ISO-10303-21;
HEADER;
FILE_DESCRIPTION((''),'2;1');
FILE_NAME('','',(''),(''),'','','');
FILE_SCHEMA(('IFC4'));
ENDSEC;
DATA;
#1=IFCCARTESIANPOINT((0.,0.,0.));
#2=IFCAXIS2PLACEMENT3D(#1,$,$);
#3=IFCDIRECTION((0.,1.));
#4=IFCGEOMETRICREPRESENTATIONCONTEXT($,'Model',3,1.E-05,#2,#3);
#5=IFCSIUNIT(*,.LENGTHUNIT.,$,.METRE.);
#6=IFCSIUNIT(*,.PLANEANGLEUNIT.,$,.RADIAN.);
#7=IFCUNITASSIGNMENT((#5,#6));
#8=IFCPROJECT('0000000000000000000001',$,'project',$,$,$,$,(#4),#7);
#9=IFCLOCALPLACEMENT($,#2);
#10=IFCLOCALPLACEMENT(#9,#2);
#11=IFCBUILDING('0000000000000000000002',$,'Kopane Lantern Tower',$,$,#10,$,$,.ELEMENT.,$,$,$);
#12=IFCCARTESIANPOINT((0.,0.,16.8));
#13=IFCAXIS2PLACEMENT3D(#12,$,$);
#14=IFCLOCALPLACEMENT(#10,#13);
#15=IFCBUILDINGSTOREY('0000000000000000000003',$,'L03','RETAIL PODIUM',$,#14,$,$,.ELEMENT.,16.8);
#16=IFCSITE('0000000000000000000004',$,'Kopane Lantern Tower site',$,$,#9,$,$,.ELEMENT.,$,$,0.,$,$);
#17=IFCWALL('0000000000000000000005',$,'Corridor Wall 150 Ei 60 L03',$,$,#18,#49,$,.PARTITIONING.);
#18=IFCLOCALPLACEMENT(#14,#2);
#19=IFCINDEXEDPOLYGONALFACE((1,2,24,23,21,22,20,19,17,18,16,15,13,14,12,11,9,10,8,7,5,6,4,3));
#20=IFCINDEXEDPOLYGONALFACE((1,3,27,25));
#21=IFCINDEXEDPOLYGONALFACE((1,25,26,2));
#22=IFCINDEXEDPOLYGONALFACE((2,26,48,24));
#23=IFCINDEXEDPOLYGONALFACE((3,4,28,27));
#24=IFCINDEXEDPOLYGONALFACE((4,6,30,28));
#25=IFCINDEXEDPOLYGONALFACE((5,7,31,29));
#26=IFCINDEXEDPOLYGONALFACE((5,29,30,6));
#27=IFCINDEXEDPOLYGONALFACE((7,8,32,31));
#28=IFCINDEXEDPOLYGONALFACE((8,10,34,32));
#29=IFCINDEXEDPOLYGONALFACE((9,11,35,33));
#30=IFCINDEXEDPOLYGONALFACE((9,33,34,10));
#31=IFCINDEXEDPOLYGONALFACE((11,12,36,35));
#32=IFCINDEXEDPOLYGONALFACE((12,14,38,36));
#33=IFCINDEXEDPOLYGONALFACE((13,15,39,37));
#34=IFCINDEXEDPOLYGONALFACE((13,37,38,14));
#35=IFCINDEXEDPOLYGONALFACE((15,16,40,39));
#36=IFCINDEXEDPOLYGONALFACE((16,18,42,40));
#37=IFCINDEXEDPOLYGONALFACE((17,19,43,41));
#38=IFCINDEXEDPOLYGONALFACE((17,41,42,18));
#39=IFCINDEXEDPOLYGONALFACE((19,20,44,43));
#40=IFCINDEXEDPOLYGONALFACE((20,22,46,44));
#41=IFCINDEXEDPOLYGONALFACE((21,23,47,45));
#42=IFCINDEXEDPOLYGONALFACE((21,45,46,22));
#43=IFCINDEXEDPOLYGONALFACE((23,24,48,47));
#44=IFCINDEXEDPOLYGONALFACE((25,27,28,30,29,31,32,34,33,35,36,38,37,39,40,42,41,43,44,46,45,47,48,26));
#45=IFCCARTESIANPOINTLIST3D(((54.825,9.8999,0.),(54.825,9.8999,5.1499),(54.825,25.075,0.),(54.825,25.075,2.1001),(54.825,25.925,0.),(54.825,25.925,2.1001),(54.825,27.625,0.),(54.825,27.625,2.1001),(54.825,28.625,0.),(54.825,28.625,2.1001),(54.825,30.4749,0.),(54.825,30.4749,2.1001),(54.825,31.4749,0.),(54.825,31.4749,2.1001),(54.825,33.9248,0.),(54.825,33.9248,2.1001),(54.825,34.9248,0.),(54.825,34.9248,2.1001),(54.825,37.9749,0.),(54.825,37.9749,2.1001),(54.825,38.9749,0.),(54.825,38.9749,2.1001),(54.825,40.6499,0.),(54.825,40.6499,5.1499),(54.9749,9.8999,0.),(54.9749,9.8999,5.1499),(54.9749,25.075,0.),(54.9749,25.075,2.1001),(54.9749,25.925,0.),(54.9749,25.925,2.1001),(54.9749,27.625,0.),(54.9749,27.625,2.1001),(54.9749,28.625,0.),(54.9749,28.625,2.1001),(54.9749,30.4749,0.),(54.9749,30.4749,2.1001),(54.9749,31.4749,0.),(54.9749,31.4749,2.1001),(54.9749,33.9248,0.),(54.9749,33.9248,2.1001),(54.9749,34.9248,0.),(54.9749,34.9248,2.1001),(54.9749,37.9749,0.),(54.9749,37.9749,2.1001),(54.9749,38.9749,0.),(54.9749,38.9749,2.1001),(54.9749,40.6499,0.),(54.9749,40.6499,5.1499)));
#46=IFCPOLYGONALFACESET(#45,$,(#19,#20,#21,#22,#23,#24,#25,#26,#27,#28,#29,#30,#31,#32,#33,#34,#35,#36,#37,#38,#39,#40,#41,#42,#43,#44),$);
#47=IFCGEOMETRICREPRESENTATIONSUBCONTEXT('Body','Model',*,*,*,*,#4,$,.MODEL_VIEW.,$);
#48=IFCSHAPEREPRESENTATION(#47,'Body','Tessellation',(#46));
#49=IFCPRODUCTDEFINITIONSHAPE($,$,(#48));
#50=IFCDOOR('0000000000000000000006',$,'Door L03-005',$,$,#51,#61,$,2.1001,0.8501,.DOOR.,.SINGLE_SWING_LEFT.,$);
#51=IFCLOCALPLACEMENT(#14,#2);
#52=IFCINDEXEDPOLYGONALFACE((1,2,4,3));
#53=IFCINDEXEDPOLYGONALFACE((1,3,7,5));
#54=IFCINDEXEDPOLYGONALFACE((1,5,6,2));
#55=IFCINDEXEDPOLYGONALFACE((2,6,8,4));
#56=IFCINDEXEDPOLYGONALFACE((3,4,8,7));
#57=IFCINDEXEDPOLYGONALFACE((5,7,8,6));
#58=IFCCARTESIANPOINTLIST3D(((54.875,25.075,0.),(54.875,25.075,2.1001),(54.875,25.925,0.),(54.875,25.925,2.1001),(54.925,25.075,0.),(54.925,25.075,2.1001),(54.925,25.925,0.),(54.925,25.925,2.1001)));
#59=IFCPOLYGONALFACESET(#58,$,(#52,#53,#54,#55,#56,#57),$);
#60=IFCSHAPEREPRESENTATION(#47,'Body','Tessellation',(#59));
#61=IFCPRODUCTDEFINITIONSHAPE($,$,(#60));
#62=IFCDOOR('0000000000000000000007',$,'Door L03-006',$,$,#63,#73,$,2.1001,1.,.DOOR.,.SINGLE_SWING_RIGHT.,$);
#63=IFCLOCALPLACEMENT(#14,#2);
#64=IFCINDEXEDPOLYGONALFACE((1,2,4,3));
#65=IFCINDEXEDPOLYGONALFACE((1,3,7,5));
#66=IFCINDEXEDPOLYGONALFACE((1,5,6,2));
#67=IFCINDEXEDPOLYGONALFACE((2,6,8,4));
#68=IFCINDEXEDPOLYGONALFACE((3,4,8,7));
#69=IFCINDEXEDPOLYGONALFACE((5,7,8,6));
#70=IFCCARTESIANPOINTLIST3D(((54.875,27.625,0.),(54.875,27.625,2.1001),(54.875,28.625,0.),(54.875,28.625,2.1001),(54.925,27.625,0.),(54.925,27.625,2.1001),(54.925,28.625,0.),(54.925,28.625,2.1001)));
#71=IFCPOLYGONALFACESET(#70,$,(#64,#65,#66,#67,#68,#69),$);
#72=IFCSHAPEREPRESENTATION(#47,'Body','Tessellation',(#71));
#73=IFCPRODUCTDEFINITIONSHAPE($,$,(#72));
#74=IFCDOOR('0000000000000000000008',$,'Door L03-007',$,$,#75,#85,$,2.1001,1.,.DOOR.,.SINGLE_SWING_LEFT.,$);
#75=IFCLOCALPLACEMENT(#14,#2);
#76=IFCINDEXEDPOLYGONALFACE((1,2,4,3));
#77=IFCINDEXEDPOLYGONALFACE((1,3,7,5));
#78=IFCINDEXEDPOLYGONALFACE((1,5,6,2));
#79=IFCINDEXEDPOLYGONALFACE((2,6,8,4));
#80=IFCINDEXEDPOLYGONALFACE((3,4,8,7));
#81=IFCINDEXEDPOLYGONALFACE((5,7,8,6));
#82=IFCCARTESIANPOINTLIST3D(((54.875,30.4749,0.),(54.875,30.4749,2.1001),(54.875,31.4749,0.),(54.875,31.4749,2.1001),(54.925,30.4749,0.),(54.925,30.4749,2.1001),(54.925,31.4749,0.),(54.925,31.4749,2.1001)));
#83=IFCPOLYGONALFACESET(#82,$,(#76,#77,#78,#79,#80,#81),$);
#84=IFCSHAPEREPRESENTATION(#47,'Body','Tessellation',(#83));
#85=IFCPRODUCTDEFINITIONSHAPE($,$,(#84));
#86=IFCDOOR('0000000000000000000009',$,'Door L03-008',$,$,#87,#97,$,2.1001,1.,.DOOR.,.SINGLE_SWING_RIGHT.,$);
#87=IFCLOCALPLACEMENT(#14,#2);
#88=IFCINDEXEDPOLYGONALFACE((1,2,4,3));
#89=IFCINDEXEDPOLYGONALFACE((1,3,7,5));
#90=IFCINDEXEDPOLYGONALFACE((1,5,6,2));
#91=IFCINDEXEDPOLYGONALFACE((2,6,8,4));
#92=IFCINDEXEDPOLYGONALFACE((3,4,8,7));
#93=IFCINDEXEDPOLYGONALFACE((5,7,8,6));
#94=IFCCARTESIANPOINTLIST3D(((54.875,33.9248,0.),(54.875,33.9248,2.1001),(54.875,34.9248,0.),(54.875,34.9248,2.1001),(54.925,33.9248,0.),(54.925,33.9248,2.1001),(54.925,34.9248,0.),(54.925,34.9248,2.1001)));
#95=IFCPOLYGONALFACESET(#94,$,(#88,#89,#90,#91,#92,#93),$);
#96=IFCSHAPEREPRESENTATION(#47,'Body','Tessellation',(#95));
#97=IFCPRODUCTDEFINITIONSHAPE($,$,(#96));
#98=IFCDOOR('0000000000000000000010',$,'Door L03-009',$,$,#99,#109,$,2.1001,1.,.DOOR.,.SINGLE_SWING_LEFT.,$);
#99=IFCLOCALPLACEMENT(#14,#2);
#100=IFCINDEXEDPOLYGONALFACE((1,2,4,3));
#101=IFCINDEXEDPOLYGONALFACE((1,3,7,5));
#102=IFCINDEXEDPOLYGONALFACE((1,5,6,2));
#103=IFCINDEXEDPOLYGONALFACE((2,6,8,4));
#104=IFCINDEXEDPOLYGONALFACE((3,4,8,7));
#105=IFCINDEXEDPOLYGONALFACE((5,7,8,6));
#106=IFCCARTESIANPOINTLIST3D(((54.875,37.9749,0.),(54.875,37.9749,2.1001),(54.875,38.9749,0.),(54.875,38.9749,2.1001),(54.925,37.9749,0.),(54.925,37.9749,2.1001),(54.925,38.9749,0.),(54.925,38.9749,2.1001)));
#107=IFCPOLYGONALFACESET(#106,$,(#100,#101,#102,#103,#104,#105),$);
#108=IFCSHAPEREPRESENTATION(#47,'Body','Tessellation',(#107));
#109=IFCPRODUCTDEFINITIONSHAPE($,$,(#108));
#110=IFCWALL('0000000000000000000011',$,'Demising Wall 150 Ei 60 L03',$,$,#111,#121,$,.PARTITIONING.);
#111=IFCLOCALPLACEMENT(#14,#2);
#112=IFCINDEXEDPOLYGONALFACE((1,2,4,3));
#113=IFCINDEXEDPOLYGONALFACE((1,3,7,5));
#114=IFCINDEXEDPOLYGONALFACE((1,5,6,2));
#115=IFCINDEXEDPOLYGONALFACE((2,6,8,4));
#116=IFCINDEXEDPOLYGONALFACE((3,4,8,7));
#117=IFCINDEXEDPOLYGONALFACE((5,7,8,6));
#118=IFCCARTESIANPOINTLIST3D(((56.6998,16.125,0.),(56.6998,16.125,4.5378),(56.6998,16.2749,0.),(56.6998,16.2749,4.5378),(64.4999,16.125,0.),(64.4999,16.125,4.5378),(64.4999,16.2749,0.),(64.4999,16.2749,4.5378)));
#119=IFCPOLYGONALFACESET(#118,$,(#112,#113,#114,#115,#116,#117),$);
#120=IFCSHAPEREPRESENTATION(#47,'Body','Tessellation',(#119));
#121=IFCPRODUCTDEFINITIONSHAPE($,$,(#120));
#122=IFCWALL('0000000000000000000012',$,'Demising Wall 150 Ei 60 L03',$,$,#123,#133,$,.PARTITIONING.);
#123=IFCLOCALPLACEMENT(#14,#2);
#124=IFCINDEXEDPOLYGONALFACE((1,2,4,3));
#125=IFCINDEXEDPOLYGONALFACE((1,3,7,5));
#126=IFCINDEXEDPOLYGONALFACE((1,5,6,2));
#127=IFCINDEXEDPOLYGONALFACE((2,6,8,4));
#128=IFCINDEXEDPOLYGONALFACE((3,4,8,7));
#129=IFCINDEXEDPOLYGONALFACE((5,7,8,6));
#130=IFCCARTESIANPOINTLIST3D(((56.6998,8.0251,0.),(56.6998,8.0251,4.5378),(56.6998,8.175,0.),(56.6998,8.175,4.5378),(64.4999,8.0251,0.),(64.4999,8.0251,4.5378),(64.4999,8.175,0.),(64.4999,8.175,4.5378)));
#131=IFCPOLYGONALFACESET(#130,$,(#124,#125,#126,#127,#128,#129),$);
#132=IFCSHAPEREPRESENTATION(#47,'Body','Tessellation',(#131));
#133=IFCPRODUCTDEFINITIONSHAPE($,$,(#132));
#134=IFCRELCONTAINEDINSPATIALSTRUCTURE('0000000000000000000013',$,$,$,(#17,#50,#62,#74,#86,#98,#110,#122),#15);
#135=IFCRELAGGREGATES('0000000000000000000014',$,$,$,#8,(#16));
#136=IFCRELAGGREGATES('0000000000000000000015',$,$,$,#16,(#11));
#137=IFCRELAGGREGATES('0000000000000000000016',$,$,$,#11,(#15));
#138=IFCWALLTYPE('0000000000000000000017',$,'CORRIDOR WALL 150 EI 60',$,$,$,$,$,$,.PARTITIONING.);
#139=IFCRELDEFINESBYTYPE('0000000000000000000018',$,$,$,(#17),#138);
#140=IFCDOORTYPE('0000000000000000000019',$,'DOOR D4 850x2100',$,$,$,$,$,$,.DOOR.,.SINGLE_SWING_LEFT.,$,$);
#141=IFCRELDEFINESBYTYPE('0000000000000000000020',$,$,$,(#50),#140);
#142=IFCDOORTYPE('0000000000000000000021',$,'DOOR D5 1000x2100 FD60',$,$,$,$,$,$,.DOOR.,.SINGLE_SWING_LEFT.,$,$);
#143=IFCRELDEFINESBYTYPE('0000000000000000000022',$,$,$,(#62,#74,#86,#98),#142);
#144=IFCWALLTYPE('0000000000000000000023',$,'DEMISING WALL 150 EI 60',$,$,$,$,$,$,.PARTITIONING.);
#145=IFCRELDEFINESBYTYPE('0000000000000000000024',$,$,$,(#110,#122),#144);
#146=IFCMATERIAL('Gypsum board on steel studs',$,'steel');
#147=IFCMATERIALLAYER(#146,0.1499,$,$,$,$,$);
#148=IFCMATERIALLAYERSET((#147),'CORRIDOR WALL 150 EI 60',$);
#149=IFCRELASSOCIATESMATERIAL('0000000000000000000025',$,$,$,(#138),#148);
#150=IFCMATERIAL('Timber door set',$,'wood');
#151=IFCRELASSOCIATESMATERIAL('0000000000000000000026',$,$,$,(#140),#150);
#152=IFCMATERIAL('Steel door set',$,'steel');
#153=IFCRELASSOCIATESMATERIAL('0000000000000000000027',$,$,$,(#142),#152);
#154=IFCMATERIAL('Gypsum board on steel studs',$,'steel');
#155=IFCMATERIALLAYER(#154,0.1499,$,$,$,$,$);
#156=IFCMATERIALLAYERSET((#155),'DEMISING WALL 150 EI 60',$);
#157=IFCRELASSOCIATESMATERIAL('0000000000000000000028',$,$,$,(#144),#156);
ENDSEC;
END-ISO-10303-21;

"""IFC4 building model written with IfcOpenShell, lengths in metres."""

from ifc_helpers import new_model, si_unit, direction, frame, frame_2d, origin, place, context, subcontext, project, spatial, rectangle, extrude, material, layer, layer_set, type_object, element, fill, save


model = new_model("IFC4")

# Units and contexts
model_context = context("Model", 3, precision=1e-05, world=origin(), true_north=direction((0.0, 1.0)))
body_context = subcontext(model_context, "Body", "Model", "MODEL_VIEW")
ifc_project = project(units=[si_unit("LENGTHUNIT", "METRE"), si_unit("PLANEANGLEUNIT", "RADIAN")], contexts=[model_context])

# Site, building, storey
site_placement = place(None, origin())
site = spatial("IfcSite", under=ifc_project, at=site_placement, Name="Kopane Lantern Tower site", CompositionType="ELEMENT", RefElevation=0.0)
building_placement = place(site_placement, origin())
building = spatial("IfcBuilding", under=site, at=building_placement, Name="Kopane Lantern Tower", CompositionType="ELEMENT")
storey_placement = place(building_placement, frame((0.0, 0.0, 16.8)))
storey = spatial("IfcBuildingStorey", under=building, at=storey_placement, Name="L03", Description="RETAIL PODIUM", CompositionType="ELEMENT", Elevation=16.8)

# Wall, openings, doors
ifc_material_1 = material(Name="Gypsum board on steel studs", Category="steel")
ifc_layer_1 = layer(ifc_material_1, 0.1499)
ifc_layer_set_1 = layer_set([ifc_layer_1], Name="CORRIDOR WALL 150 EI 60")
wall_type_1 = type_object("IfcWallType", Name="CORRIDOR WALL 150 EI 60", PredefinedType="PARTITIONING", material=ifc_layer_set_1)
wall_placement = place(storey_placement, frame((54.8999, 9.8999, 0.0), z_axis=(0.0, 0.0, 1.0), x_axis=(0.0, 1.0, 0.0)))
wall = element("IfcWall", 1, at=wall_placement, inside=storey, type_object=wall_type_1, Name="Corridor Wall 150 Ei 60 L03", PredefinedType="PARTITIONING", context=body_context, shape_type="SweptSolid", body=[
    extrude(rectangle(XDim=30.75, YDim=0.1499, at=frame_2d((15.375, 0.0))), origin(), (0.0, 0.0, 1.0), 5.1499),
])
opening_1_placement = place(wall_placement, frame((15.175, 0.0, 0.0)))
opening_1 = element("IfcOpeningElement", 2, at=opening_1_placement, cuts=wall, PredefinedType="OPENING", context=body_context, shape_type="SweptSolid", body=[
    extrude(rectangle(XDim=0.8501, YDim=2.1001, at=frame_2d((0.425, 1.05))), frame((0.0, 0.085, 0.0), z_axis=(0.0, -1.0, 0.0), x_axis=(1.0, 0.0, 0.0)), (0.0, 0.0, 1.0), 0.1699),
])
opening_2_placement = place(wall_placement, frame((17.7251, 0.0, 0.0)))
opening_2 = element("IfcOpeningElement", 3, at=opening_2_placement, cuts=wall, PredefinedType="OPENING", context=body_context, shape_type="SweptSolid", body=[
    extrude(rectangle(XDim=1.0, YDim=2.1001, at=frame_2d((0.5, 1.05))), frame((0.0, 0.085, 0.0), z_axis=(0.0, -1.0, 0.0), x_axis=(1.0, 0.0, 0.0)), (0.0, 0.0, 1.0), 0.1699),
])
opening_3_placement = place(wall_placement, frame((20.575, 0.0, 0.0)))
opening_3 = element("IfcOpeningElement", 4, at=opening_3_placement, cuts=wall, PredefinedType="OPENING", context=body_context, shape_type="SweptSolid", body=[
    extrude(rectangle(XDim=1.0, YDim=2.1001, at=frame_2d((0.5, 1.05))), frame((0.0, 0.085, 0.0), z_axis=(0.0, -1.0, 0.0), x_axis=(1.0, 0.0, 0.0)), (0.0, 0.0, 1.0), 0.1699),
])
opening_4_placement = place(wall_placement, frame((24.0249, 0.0, 0.0)))
opening_4 = element("IfcOpeningElement", 5, at=opening_4_placement, cuts=wall, PredefinedType="OPENING", context=body_context, shape_type="SweptSolid", body=[
    extrude(rectangle(XDim=1.0, YDim=2.1001, at=frame_2d((0.5, 1.05))), frame((0.0, 0.085, 0.0), z_axis=(0.0, -1.0, 0.0), x_axis=(1.0, 0.0, 0.0)), (0.0, 0.0, 1.0), 0.1699),
])
opening_5_placement = place(wall_placement, frame((28.075, 0.0, 0.0)))
opening_5 = element("IfcOpeningElement", 6, at=opening_5_placement, cuts=wall, PredefinedType="OPENING", context=body_context, shape_type="SweptSolid", body=[
    extrude(rectangle(XDim=1.0, YDim=2.1001, at=frame_2d((0.5, 1.05))), frame((0.0, 0.085, 0.0), z_axis=(0.0, -1.0, 0.0), x_axis=(1.0, 0.0, 0.0)), (0.0, 0.0, 1.0), 0.1699),
])
ifc_material_2 = material(Name="Timber door set", Category="wood")
door_type_1 = type_object("IfcDoorType", Name="DOOR D4 850x2100", OperationType="SINGLE_SWING_LEFT", PredefinedType="DOOR", material=ifc_material_2)
door_1_placement = place(opening_1_placement, origin())
door_1 = element("IfcDoor", 7, at=door_1_placement, inside=storey, type_object=door_type_1, Name="Door L03-005", OperationType="SINGLE_SWING_LEFT", OverallHeight=2.1001, OverallWidth=0.8501, PredefinedType="DOOR", context=body_context, shape_type="SweptSolid", body=[
    extrude(rectangle(XDim=0.8501, YDim=2.1001, at=frame_2d((0.425, 1.05))), frame((0.0, 0.0249, 0.0), z_axis=(0.0, -1.0, 0.0), x_axis=(1.0, 0.0, 0.0)), (0.0, 0.0, 1.0), 0.05),
])
fill(opening_1, door_1)
ifc_material_3 = material(Name="Steel door set", Category="steel")
door_type_2 = type_object("IfcDoorType", Name="DOOR D5 1000x2100 FD60", OperationType="SINGLE_SWING_LEFT", PredefinedType="DOOR", material=ifc_material_3)
door_2_placement = place(opening_2_placement, origin())
door_2 = element("IfcDoor", 8, at=door_2_placement, inside=storey, type_object=door_type_2, Name="Door L03-006", OperationType="SINGLE_SWING_RIGHT", OverallHeight=2.1001, OverallWidth=1.0, PredefinedType="DOOR", context=body_context, shape_type="SweptSolid", body=[
    extrude(rectangle(XDim=1.0, YDim=2.1001, at=frame_2d((0.5, 1.05))), frame((0.0, 0.0249, 0.0), z_axis=(0.0, -1.0, 0.0), x_axis=(1.0, 0.0, 0.0)), (0.0, 0.0, 1.0), 0.05),
])
fill(opening_2, door_2)
door_3_placement = place(opening_3_placement, origin())
door_3 = element("IfcDoor", 9, at=door_3_placement, inside=storey, type_object=door_type_2, Name="Door L03-007", OperationType="SINGLE_SWING_LEFT", OverallHeight=2.1001, OverallWidth=1.0, PredefinedType="DOOR", context=body_context, shape_type="SweptSolid", body=[
    extrude(rectangle(XDim=1.0, YDim=2.1001, at=frame_2d((0.5, 1.05))), frame((0.0, 0.0249, 0.0), z_axis=(0.0, -1.0, 0.0), x_axis=(1.0, 0.0, 0.0)), (0.0, 0.0, 1.0), 0.05),
])
fill(opening_3, door_3)
door_4_placement = place(opening_4_placement, origin())
door_4 = element("IfcDoor", 10, at=door_4_placement, inside=storey, type_object=door_type_2, Name="Door L03-008", OperationType="SINGLE_SWING_RIGHT", OverallHeight=2.1001, OverallWidth=1.0, PredefinedType="DOOR", context=body_context, shape_type="SweptSolid", body=[
    extrude(rectangle(XDim=1.0, YDim=2.1001, at=frame_2d((0.5, 1.05))), frame((0.0, 0.0249, 0.0), z_axis=(0.0, -1.0, 0.0), x_axis=(1.0, 0.0, 0.0)), (0.0, 0.0, 1.0), 0.05),
])
fill(opening_4, door_4)
door_5_placement = place(opening_5_placement, origin())
door_5 = element("IfcDoor", 11, at=door_5_placement, inside=storey, type_object=door_type_2, Name="Door L03-009", OperationType="SINGLE_SWING_LEFT", OverallHeight=2.1001, OverallWidth=1.0, PredefinedType="DOOR", context=body_context, shape_type="SweptSolid", body=[
    extrude(rectangle(XDim=1.0, YDim=2.1001, at=frame_2d((0.5, 1.05))), frame((0.0, 0.0249, 0.0), z_axis=(0.0, -1.0, 0.0), x_axis=(1.0, 0.0, 0.0)), (0.0, 0.0, 1.0), 0.05),
])
fill(opening_5, door_5)

# Walls
ifc_material_4 = material(Name="Gypsum board on steel studs", Category="steel")
ifc_layer_2 = layer(ifc_material_4, 0.1499)
ifc_layer_set_2 = layer_set([ifc_layer_2], Name="DEMISING WALL 150 EI 60")
wall_type_2 = type_object("IfcWallType", Name="DEMISING WALL 150 EI 60", PredefinedType="PARTITIONING", material=ifc_layer_set_2)
for number, where, z_axis, x_axis, name in (
    (12, (56.7, 16.2, 0.0), (0.0, 0.0, 1.0), (1.0, 0.0, 0.0), "Demising Wall 150 Ei 60 L03"),
    (13, (56.7, 8.1001, 0.0), (0.0, 0.0, 1.0), (1.0, 0.0, 0.0), "Demising Wall 150 Ei 60 L03"),
):
    element("IfcWall", number, at=place(storey_placement, frame(where, z_axis=z_axis, x_axis=x_axis)), inside=storey, type_object=wall_type_2, Name=name, PredefinedType="PARTITIONING", context=body_context, shape_type="SweptSolid", body=[
        extrude(rectangle(XDim=7.8, YDim=0.1499, at=frame_2d((3.8999, 0.0))), origin(), (0.0, 0.0, 1.0), 4.5378),
    ])

save(model, "model.ifc")
